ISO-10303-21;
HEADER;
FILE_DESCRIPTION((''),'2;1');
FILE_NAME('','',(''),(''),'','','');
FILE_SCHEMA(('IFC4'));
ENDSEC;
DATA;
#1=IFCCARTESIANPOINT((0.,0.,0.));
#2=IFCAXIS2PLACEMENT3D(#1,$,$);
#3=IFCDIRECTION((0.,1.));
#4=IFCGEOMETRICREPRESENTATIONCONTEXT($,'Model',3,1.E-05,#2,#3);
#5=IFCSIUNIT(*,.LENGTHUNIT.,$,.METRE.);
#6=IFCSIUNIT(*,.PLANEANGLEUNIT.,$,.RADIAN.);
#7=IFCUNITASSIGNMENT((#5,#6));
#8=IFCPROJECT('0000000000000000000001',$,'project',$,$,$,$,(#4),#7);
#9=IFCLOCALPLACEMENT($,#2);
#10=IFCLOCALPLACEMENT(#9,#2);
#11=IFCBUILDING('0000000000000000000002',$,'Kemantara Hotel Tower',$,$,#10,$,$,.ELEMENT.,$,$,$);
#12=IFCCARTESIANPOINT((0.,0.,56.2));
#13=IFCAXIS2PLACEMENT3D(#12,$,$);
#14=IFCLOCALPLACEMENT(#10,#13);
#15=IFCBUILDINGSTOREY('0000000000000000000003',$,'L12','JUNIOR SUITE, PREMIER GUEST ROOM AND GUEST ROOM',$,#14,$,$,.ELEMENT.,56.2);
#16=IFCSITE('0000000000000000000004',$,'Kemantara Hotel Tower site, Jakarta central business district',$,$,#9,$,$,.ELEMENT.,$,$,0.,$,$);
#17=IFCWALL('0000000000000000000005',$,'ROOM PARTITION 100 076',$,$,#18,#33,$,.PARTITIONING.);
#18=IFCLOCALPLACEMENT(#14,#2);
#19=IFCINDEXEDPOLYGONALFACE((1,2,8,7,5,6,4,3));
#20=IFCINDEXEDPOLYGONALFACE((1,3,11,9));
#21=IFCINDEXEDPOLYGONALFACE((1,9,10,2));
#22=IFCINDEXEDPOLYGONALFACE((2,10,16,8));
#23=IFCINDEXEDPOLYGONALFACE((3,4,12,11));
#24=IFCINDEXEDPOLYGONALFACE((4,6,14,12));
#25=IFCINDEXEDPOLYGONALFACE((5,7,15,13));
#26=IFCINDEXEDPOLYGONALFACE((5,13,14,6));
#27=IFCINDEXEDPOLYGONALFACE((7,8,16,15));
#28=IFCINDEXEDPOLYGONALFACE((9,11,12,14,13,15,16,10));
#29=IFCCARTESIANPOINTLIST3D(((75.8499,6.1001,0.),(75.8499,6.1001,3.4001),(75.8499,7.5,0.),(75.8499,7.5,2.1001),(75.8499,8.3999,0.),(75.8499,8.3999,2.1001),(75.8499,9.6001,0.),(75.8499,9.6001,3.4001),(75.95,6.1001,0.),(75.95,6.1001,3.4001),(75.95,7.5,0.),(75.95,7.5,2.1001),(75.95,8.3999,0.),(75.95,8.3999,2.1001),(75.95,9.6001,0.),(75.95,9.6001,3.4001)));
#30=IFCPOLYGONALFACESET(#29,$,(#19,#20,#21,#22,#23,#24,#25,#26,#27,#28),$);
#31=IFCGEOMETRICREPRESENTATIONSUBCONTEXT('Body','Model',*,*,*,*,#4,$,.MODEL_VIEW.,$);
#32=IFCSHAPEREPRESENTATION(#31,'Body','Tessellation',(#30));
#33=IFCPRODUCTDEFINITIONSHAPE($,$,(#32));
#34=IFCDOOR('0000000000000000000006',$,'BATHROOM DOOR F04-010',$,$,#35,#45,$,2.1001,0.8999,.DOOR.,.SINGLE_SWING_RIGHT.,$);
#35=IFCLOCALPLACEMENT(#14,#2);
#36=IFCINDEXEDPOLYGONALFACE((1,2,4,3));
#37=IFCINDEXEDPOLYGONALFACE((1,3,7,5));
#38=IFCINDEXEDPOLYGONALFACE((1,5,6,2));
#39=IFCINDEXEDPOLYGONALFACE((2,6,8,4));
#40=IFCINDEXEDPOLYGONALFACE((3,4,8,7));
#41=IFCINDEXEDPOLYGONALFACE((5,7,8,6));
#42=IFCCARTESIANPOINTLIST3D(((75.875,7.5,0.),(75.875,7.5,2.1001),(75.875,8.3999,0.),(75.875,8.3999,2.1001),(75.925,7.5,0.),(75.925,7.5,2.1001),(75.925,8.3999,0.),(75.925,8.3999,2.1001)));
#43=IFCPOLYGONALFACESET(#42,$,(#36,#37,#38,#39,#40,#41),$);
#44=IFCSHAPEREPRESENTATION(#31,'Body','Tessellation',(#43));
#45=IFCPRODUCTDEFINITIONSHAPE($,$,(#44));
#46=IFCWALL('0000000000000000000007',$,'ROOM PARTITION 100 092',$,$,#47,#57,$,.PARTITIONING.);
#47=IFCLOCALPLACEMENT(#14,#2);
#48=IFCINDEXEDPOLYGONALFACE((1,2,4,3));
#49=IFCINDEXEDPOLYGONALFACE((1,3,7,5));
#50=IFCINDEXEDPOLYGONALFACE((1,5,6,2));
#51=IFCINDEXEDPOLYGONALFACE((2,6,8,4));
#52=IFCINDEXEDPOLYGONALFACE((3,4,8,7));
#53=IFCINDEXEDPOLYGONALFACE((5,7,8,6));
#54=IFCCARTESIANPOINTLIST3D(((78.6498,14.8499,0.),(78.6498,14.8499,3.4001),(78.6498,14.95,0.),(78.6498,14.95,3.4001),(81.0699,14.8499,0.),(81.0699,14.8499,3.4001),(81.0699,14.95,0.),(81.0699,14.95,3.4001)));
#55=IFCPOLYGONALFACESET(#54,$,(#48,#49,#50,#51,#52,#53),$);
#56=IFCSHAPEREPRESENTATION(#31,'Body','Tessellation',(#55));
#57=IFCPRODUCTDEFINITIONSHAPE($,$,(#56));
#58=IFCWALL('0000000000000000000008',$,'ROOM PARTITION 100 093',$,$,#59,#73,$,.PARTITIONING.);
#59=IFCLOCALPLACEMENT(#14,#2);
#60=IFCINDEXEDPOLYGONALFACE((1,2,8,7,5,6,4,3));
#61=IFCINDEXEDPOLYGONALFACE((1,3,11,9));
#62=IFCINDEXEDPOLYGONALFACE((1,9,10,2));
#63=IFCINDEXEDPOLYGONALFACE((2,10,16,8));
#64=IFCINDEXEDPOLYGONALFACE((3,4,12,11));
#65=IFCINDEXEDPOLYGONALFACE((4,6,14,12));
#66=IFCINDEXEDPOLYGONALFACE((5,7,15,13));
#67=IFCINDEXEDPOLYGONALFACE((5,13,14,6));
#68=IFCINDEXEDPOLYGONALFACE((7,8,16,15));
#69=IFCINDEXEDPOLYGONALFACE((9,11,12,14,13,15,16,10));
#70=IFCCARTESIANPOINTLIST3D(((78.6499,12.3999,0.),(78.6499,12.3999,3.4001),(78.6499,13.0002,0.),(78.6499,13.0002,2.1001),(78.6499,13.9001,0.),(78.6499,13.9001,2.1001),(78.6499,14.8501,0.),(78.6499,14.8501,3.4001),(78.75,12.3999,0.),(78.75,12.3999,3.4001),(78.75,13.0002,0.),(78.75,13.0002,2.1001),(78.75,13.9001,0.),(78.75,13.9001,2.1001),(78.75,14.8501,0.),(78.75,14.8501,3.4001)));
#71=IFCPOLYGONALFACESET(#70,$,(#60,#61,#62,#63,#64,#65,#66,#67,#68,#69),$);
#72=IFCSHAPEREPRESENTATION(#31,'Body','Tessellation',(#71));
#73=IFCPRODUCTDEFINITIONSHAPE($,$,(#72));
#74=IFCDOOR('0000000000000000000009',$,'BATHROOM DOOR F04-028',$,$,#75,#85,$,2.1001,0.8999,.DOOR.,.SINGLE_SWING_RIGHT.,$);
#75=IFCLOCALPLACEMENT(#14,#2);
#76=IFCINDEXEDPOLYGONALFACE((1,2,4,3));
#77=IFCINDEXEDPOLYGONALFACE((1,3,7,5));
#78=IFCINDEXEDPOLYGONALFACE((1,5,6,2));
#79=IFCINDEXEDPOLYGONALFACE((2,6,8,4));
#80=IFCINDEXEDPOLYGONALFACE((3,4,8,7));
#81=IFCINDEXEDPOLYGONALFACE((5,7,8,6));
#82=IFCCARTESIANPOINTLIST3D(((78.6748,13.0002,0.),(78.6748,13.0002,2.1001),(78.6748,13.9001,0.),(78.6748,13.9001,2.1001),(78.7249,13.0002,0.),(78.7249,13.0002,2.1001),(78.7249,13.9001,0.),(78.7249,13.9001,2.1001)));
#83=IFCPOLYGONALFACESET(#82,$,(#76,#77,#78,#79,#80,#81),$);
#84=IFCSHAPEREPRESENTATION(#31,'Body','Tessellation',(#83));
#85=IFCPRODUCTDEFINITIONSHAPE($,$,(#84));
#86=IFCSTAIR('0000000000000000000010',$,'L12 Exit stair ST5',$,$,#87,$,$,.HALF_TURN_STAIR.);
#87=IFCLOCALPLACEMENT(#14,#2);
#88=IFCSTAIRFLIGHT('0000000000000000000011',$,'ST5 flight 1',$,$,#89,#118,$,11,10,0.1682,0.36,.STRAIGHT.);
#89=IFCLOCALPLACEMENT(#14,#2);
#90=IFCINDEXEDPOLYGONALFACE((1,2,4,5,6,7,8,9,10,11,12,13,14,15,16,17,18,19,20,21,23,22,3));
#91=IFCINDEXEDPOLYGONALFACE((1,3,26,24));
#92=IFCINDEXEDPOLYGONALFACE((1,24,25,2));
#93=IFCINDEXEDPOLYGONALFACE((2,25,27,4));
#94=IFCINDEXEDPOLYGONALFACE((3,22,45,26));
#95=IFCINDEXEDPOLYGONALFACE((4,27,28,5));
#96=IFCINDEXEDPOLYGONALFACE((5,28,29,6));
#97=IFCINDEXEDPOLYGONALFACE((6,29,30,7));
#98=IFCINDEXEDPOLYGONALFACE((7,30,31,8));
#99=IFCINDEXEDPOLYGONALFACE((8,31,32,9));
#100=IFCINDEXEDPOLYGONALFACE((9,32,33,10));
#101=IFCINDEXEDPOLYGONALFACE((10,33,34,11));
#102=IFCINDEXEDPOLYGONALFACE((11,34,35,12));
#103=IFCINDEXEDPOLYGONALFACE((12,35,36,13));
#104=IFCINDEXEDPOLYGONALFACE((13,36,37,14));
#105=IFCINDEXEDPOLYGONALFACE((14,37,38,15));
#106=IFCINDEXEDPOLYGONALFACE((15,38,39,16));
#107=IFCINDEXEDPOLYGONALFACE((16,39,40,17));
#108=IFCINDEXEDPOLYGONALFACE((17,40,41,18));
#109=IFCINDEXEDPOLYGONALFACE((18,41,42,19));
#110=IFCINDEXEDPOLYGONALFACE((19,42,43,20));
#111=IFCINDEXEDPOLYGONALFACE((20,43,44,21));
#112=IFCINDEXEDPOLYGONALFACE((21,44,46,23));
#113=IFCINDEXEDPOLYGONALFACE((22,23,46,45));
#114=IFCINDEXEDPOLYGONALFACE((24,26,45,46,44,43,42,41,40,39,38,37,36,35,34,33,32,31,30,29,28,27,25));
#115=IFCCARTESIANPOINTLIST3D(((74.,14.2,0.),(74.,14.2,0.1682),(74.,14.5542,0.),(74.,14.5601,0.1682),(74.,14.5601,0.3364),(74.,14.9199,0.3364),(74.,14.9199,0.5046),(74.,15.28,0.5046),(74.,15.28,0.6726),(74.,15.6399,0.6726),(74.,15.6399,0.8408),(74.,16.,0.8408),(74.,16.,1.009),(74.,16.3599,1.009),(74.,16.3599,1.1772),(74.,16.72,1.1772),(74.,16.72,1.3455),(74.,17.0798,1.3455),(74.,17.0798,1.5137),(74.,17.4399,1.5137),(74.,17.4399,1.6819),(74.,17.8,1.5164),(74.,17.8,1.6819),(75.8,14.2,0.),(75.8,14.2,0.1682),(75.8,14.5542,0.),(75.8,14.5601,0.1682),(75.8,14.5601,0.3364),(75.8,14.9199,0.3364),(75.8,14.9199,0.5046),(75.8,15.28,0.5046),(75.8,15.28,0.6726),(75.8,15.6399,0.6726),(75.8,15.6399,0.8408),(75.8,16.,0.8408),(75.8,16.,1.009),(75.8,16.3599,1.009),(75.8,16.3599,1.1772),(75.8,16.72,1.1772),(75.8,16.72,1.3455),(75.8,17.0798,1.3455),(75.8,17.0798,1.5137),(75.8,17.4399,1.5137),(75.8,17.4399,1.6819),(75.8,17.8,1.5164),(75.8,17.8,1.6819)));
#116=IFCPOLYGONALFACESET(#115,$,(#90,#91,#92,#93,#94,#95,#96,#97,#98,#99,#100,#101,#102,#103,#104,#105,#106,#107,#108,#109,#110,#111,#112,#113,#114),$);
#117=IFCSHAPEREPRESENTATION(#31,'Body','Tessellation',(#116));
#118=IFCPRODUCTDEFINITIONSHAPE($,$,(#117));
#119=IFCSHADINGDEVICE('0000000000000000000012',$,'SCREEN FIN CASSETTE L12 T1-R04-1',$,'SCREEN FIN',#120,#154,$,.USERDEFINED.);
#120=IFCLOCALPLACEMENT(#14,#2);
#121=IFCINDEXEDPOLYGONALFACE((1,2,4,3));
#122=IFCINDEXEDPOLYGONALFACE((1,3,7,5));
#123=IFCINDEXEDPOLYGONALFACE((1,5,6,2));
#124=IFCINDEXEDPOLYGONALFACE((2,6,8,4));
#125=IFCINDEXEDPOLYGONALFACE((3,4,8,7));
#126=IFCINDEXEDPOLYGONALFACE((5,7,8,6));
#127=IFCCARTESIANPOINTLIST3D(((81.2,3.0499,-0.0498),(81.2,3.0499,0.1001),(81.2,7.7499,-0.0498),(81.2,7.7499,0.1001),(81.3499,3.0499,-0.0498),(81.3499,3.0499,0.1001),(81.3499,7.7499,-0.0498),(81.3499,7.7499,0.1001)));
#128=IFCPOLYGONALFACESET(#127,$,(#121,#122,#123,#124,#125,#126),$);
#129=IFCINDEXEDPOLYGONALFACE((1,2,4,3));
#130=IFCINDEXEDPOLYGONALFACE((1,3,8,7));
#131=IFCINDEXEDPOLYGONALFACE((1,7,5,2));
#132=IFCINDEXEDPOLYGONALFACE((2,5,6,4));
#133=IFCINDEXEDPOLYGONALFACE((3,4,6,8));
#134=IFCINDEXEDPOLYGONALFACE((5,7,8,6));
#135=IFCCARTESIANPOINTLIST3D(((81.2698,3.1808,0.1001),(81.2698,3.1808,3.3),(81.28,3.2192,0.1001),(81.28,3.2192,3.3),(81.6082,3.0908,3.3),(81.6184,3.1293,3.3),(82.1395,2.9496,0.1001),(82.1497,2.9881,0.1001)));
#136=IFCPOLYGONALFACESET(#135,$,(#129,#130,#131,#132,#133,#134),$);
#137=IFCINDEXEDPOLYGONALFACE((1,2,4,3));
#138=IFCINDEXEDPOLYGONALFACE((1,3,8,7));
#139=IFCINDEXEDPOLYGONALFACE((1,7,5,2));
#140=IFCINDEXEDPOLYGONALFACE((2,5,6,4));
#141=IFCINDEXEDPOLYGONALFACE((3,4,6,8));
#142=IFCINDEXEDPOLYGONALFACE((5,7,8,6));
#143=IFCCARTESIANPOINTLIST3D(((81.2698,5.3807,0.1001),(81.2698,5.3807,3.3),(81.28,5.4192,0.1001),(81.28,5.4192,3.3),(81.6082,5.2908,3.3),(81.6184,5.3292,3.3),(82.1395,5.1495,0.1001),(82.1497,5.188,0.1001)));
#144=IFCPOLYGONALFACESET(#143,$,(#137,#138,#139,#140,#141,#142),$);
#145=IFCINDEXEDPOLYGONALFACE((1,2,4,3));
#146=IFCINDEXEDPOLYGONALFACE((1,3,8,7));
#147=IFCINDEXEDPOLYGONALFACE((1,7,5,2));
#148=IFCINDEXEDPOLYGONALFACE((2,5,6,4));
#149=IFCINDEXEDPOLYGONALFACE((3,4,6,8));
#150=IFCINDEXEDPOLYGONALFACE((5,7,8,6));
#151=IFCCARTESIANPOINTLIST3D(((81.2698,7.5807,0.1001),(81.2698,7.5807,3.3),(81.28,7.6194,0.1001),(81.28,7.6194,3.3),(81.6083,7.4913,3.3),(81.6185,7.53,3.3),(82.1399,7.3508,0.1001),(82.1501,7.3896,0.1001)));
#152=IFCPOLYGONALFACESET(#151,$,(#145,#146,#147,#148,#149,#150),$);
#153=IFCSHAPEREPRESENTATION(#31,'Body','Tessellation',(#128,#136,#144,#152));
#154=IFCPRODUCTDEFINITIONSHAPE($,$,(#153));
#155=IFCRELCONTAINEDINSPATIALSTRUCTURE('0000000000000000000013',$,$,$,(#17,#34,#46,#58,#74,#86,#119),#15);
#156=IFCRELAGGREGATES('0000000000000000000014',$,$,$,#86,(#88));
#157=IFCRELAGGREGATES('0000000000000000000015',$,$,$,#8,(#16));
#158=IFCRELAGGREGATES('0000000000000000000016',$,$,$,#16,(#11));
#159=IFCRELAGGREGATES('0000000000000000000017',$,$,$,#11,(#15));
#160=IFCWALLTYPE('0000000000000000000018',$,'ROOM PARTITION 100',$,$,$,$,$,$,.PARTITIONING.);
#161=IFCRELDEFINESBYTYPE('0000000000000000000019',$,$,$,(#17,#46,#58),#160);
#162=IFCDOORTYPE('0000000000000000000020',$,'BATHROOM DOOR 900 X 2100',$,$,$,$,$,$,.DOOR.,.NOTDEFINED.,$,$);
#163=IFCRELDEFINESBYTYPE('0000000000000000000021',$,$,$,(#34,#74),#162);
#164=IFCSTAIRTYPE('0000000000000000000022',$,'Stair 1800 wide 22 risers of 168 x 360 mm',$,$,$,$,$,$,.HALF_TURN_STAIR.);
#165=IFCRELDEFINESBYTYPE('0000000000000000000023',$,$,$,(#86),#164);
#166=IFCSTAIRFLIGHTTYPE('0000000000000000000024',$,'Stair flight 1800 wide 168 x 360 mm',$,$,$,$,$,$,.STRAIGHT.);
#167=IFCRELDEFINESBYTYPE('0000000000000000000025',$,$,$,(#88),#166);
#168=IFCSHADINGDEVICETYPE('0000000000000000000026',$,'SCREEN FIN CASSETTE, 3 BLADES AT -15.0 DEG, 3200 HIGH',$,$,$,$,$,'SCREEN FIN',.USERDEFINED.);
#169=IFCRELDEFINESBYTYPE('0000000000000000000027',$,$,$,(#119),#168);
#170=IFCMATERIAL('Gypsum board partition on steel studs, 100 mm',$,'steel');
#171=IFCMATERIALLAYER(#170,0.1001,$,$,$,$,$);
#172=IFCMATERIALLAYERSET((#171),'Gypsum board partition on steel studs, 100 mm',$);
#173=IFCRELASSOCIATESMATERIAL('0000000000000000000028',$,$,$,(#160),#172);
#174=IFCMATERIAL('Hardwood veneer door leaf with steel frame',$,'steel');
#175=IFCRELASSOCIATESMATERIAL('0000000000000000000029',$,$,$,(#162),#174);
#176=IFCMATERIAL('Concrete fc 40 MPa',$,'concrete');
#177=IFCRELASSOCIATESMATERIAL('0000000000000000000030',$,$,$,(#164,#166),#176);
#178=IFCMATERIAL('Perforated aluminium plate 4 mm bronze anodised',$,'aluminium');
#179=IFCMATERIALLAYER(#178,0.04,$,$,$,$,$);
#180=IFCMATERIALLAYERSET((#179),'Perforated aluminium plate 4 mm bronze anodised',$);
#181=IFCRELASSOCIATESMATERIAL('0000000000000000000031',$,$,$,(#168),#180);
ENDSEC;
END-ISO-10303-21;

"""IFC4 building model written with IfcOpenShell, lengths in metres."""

from ifc_helpers import new_model, si_unit, direction, frame, frame_2d, origin, origin_2d, place, context, subcontext, project, spatial, polyline, rectangle, outline, extrude, source, transform, mapped, material, layer, layer_set, type_object, element, fill, aggregate, save


model = new_model("IFC4")

# Units and contexts
model_context = context("Model", 3, precision=1e-05, world=origin(), true_north=direction((0.0, 1.0)))
body_context = subcontext(model_context, "Body", "Model", "MODEL_VIEW")
ifc_project = project(units=[si_unit("LENGTHUNIT", "METRE"), si_unit("PLANEANGLEUNIT", "RADIAN")], contexts=[model_context])

# Site, building, storey
site_placement = place(None, origin())
site = spatial("IfcSite", under=ifc_project, at=site_placement, Name="Kemantara Hotel Tower site, Jakarta central business district", CompositionType="ELEMENT", RefElevation=0.0)
building_placement = place(site_placement, origin())
building = spatial("IfcBuilding", under=site, at=building_placement, Name="Kemantara Hotel Tower", CompositionType="ELEMENT")
storey_placement = place(building_placement, frame((0.0, 0.0, 56.2)))
storey = spatial("IfcBuildingStorey", under=building, at=storey_placement, Name="L12", Description="JUNIOR SUITE, PREMIER GUEST ROOM AND GUEST ROOM", CompositionType="ELEMENT", Elevation=56.2)

# Shared definitions
ifc_material_1 = material(Name="Hardwood veneer door leaf with steel frame", Category="steel")
ifc_material_2 = material(Name="Concrete fc 40 MPa", Category="concrete")

# Shared definitions
ifc_material_3 = material(Name="Gypsum board partition on steel studs, 100 mm", Category="steel")
ifc_layer_1 = layer(ifc_material_3, 0.1001)
ifc_layer_set_1 = layer_set([ifc_layer_1], Name="Gypsum board partition on steel studs, 100 mm")
wall_type_1 = type_object("IfcWallType", Name="ROOM PARTITION 100", PredefinedType="PARTITIONING", material=ifc_layer_set_1)

# Wall, opening, door
wall_1_placement = place(storey_placement, frame((75.8999, 6.1001, 0.0), z_axis=(0.0, 0.0, 1.0), x_axis=(0.0, 1.0, 0.0)))
wall_1 = element("IfcWall", 1, at=wall_1_placement, inside=storey, type_object=wall_type_1, Name="ROOM PARTITION 100 076", PredefinedType="PARTITIONING", context=body_context, shape_type="SweptSolid", body=[
    extrude(rectangle(XDim=3.5, YDim=0.1001, at=frame_2d((1.75, 0.0))), origin(), (0.0, 0.0, 1.0), 3.4001),
])
opening_1_placement = place(wall_1_placement, frame((1.3999, 0.0, 0.0)))
opening_1 = element("IfcOpeningElement", 2, at=opening_1_placement, cuts=wall_1, PredefinedType="OPENING", context=body_context, shape_type="SweptSolid", body=[
    extrude(rectangle(XDim=0.8999, YDim=2.1001, at=frame_2d((0.45, 1.05))), frame((0.0, 0.0601, 0.0), z_axis=(0.0, -1.0, 0.0), x_axis=(1.0, 0.0, 0.0)), (0.0, 0.0, 1.0), 0.1201),
])
door_type_1 = type_object("IfcDoorType", Name="BATHROOM DOOR 900 X 2100", OperationType="NOTDEFINED", PredefinedType="DOOR", material=ifc_material_1)
door_1_placement = place(opening_1_placement, origin())
door_1 = element("IfcDoor", 3, at=door_1_placement, inside=storey, type_object=door_type_1, Name="BATHROOM DOOR F04-010", OperationType="SINGLE_SWING_RIGHT", OverallHeight=2.1001, OverallWidth=0.8999, PredefinedType="DOOR", context=body_context, shape_type="SweptSolid", body=[
    extrude(rectangle(XDim=0.8999, YDim=2.1001, at=frame_2d((0.45, 1.05))), frame((0.0, 0.0249, 0.0), z_axis=(0.0, -1.0, 0.0), x_axis=(1.0, 0.0, 0.0)), (0.0, 0.0, 1.0), 0.05),
])
fill(opening_1, door_1)

# Wall
wall_2_placement = place(storey_placement, frame((78.6499, 14.8999, 0.0), z_axis=(0.0, 0.0, 1.0), x_axis=(1.0, 0.0, 0.0)))
element("IfcWall", 4, at=wall_2_placement, inside=storey, type_object=wall_type_1, Name="ROOM PARTITION 100 092", PredefinedType="PARTITIONING", context=body_context, shape_type="SweptSolid", body=[
    extrude(rectangle(XDim=2.4202, YDim=0.1001, at=frame_2d((1.21, 0.0))), origin(), (0.0, 0.0, 1.0), 3.4001),
])

# Wall, opening, door
wall_3_placement = place(storey_placement, frame((78.7, 14.8501, 0.0), z_axis=(0.0, 0.0, 1.0), x_axis=(0.0, -1.0, 0.0)))
wall_3 = element("IfcWall", 5, at=wall_3_placement, inside=storey, type_object=wall_type_1, Name="ROOM PARTITION 100 093", PredefinedType="PARTITIONING", context=body_context, shape_type="SweptSolid", body=[
    extrude(rectangle(XDim=2.4502, YDim=0.1001, at=frame_2d((1.2251, 0.0))), origin(), (0.0, 0.0, 1.0), 3.4001),
])
opening_2_placement = place(wall_3_placement, frame((0.95, 0.0, 0.0)))
opening_2 = element("IfcOpeningElement", 6, at=opening_2_placement, cuts=wall_3, PredefinedType="OPENING", context=body_context, shape_type="SweptSolid", body=[
    extrude(rectangle(XDim=0.8999, YDim=2.1001, at=frame_2d((0.45, 1.05))), frame((0.0, 0.0601, 0.0), z_axis=(0.0, -1.0, 0.0), x_axis=(1.0, 0.0, 0.0)), (0.0, 0.0, 1.0), 0.1201),
])
door_2_placement = place(opening_2_placement, origin())
door_2 = element("IfcDoor", 7, at=door_2_placement, inside=storey, type_object=door_type_1, Name="BATHROOM DOOR F04-028", OperationType="SINGLE_SWING_RIGHT", OverallHeight=2.1001, OverallWidth=0.8999, PredefinedType="DOOR", context=body_context, shape_type="SweptSolid", body=[
    extrude(rectangle(XDim=0.8999, YDim=2.1001, at=frame_2d((0.45, 1.05))), frame((0.0, 0.0249, 0.0), z_axis=(0.0, -1.0, 0.0), x_axis=(1.0, 0.0, 0.0)), (0.0, 0.0, 1.0), 0.05),
])
fill(opening_2, door_2)

# Stair, stair flight
stair_type = type_object("IfcStairType", Name="Stair 1800 wide 22 risers of 168 x 360 mm", PredefinedType="HALF_TURN_STAIR", material=ifc_material_2)
stair_placement = place(storey_placement, origin())
stair = element("IfcStair", 8, at=stair_placement, inside=storey, type_object=stair_type, Name="L12 Exit stair ST5", PredefinedType="HALF_TURN_STAIR")
stair_flight_type = type_object("IfcStairFlightType", Name="Stair flight 1800 wide 168 x 360 mm", PredefinedType="STRAIGHT", material=ifc_material_2)
stair_flight_placement = place(storey_placement, frame((74.8999, 14.2, 0.0), z_axis=(0.0, 0.0, 1.0), x_axis=(0.0, 1.0, 0.0)))
stair_flight = element("IfcStairFlight", 9, at=stair_flight_placement, type_object=stair_flight_type, Name="ST5 flight 1", NumberOfRisers=11, NumberOfTreads=10, PredefinedType="STRAIGHT", RiserHeight=0.1682, TreadLength=0.36, context=body_context, shape_type="SweptSolid", body=[
    extrude(outline(polyline([(0.0, 0.0), (0.0, 0.1682), (0.3601, 0.1682), (0.3601, 0.3364), (0.72, 0.3364), (0.72, 0.5046), (1.0801, 0.5046), (1.0801, 0.6726), (1.4399, 0.6726), (1.4399, 0.8408), (1.8, 0.8408), (1.8, 1.009), (2.1599, 1.009), (2.1599, 1.1772), (2.52, 1.1772), (2.52, 1.3455), (2.8799, 1.3455), (2.8799, 1.5137), (3.24, 1.5137), (3.24, 1.6819), (3.6001, 1.6819), (3.6001, 1.8501), (3.6001, 1.5164), (0.3542, 0.0), (0.0, 0.0)])), frame((0.0, 0.8999, 0.0), z_axis=(0.0, -1.0, 0.0), x_axis=(1.0, 0.0, 0.0)), (0.0, 0.0, 1.0), 1.8),
])
aggregate(stair, [stair_flight])

# Shading device
ifc_material_4 = material(Name="Perforated aluminium plate 4 mm bronze anodised", Category="aluminium")
ifc_layer_2 = layer(ifc_material_4, 0.04)
ifc_layer_set_2 = layer_set([ifc_layer_2], Name="Perforated aluminium plate 4 mm bronze anodised")
shading_device_type_1 = type_object("IfcShadingDeviceType", Name="SCREEN FIN CASSETTE, 3 BLADES AT -15.0 DEG, 3200 HIGH", ElementType="SCREEN FIN", PredefinedType="USERDEFINED", material=ifc_layer_set_2)
shared_shape_1 = source(origin(), body_context, "Body", "SweptSolid", [
    extrude(rectangle(XDim=4.7, YDim=0.1499, at=origin_2d()), frame((2.2, -0.075, -0.1499), z_axis=(0.0, 0.0, 1.0), x_axis=(1.0, 0.0, 0.0)), (0.0, 0.0, 1.0), 0.1499),
    extrude(outline(polyline([(0.0, 0.0), (0.8999, 0.0), (0.3501, 3.2), (0.0, 3.2), (0.0, 0.0)])), frame((0.0193, -0.0801, 0.0), z_axis=(-0.966438, 0.256901, 0.0), x_axis=(-0.256901, -0.966438, 0.0)), (0.0, 0.0, 1.0), 0.0398),
    extrude(outline(polyline([(0.0, 0.0), (0.8999, 0.0), (0.3501, 3.2), (0.0, 3.2), (0.0, 0.0)])), frame((2.2192, -0.0801, 0.0), z_axis=(-0.966438, 0.256901, 0.0), x_axis=(-0.256901, -0.966438, 0.0)), (0.0, 0.0, 1.0), 0.0398),
    extrude(outline(polyline([(0.0, 0.0), (0.8999, 0.0), (0.3501, 3.2), (0.0, 3.2), (0.0, 0.0)])), frame((4.4194, -0.0801, 0.0), z_axis=(-0.966838, 0.255391, 0.0), x_axis=(-0.255391, -0.966838, 0.0)), (0.0, 0.0, 1.0), 0.04),
])
shading_device_1_placement = place(storey_placement, frame((81.2, 3.2, 0.1001), z_axis=(0.0, 0.0, 1.0), x_axis=(0.0, 1.0, 0.0)))
element("IfcShadingDevice", 10, at=shading_device_1_placement, inside=storey, type_object=shading_device_type_1, Name="SCREEN FIN CASSETTE L12 T1-R04-1", ObjectType="SCREEN FIN", PredefinedType="USERDEFINED", context=body_context, shape_type="MappedRepresentation", body=[
    mapped(shared_shape_1, transform((0.0, 0.0, 0.0))),
])

save(model, "model.ifc")
